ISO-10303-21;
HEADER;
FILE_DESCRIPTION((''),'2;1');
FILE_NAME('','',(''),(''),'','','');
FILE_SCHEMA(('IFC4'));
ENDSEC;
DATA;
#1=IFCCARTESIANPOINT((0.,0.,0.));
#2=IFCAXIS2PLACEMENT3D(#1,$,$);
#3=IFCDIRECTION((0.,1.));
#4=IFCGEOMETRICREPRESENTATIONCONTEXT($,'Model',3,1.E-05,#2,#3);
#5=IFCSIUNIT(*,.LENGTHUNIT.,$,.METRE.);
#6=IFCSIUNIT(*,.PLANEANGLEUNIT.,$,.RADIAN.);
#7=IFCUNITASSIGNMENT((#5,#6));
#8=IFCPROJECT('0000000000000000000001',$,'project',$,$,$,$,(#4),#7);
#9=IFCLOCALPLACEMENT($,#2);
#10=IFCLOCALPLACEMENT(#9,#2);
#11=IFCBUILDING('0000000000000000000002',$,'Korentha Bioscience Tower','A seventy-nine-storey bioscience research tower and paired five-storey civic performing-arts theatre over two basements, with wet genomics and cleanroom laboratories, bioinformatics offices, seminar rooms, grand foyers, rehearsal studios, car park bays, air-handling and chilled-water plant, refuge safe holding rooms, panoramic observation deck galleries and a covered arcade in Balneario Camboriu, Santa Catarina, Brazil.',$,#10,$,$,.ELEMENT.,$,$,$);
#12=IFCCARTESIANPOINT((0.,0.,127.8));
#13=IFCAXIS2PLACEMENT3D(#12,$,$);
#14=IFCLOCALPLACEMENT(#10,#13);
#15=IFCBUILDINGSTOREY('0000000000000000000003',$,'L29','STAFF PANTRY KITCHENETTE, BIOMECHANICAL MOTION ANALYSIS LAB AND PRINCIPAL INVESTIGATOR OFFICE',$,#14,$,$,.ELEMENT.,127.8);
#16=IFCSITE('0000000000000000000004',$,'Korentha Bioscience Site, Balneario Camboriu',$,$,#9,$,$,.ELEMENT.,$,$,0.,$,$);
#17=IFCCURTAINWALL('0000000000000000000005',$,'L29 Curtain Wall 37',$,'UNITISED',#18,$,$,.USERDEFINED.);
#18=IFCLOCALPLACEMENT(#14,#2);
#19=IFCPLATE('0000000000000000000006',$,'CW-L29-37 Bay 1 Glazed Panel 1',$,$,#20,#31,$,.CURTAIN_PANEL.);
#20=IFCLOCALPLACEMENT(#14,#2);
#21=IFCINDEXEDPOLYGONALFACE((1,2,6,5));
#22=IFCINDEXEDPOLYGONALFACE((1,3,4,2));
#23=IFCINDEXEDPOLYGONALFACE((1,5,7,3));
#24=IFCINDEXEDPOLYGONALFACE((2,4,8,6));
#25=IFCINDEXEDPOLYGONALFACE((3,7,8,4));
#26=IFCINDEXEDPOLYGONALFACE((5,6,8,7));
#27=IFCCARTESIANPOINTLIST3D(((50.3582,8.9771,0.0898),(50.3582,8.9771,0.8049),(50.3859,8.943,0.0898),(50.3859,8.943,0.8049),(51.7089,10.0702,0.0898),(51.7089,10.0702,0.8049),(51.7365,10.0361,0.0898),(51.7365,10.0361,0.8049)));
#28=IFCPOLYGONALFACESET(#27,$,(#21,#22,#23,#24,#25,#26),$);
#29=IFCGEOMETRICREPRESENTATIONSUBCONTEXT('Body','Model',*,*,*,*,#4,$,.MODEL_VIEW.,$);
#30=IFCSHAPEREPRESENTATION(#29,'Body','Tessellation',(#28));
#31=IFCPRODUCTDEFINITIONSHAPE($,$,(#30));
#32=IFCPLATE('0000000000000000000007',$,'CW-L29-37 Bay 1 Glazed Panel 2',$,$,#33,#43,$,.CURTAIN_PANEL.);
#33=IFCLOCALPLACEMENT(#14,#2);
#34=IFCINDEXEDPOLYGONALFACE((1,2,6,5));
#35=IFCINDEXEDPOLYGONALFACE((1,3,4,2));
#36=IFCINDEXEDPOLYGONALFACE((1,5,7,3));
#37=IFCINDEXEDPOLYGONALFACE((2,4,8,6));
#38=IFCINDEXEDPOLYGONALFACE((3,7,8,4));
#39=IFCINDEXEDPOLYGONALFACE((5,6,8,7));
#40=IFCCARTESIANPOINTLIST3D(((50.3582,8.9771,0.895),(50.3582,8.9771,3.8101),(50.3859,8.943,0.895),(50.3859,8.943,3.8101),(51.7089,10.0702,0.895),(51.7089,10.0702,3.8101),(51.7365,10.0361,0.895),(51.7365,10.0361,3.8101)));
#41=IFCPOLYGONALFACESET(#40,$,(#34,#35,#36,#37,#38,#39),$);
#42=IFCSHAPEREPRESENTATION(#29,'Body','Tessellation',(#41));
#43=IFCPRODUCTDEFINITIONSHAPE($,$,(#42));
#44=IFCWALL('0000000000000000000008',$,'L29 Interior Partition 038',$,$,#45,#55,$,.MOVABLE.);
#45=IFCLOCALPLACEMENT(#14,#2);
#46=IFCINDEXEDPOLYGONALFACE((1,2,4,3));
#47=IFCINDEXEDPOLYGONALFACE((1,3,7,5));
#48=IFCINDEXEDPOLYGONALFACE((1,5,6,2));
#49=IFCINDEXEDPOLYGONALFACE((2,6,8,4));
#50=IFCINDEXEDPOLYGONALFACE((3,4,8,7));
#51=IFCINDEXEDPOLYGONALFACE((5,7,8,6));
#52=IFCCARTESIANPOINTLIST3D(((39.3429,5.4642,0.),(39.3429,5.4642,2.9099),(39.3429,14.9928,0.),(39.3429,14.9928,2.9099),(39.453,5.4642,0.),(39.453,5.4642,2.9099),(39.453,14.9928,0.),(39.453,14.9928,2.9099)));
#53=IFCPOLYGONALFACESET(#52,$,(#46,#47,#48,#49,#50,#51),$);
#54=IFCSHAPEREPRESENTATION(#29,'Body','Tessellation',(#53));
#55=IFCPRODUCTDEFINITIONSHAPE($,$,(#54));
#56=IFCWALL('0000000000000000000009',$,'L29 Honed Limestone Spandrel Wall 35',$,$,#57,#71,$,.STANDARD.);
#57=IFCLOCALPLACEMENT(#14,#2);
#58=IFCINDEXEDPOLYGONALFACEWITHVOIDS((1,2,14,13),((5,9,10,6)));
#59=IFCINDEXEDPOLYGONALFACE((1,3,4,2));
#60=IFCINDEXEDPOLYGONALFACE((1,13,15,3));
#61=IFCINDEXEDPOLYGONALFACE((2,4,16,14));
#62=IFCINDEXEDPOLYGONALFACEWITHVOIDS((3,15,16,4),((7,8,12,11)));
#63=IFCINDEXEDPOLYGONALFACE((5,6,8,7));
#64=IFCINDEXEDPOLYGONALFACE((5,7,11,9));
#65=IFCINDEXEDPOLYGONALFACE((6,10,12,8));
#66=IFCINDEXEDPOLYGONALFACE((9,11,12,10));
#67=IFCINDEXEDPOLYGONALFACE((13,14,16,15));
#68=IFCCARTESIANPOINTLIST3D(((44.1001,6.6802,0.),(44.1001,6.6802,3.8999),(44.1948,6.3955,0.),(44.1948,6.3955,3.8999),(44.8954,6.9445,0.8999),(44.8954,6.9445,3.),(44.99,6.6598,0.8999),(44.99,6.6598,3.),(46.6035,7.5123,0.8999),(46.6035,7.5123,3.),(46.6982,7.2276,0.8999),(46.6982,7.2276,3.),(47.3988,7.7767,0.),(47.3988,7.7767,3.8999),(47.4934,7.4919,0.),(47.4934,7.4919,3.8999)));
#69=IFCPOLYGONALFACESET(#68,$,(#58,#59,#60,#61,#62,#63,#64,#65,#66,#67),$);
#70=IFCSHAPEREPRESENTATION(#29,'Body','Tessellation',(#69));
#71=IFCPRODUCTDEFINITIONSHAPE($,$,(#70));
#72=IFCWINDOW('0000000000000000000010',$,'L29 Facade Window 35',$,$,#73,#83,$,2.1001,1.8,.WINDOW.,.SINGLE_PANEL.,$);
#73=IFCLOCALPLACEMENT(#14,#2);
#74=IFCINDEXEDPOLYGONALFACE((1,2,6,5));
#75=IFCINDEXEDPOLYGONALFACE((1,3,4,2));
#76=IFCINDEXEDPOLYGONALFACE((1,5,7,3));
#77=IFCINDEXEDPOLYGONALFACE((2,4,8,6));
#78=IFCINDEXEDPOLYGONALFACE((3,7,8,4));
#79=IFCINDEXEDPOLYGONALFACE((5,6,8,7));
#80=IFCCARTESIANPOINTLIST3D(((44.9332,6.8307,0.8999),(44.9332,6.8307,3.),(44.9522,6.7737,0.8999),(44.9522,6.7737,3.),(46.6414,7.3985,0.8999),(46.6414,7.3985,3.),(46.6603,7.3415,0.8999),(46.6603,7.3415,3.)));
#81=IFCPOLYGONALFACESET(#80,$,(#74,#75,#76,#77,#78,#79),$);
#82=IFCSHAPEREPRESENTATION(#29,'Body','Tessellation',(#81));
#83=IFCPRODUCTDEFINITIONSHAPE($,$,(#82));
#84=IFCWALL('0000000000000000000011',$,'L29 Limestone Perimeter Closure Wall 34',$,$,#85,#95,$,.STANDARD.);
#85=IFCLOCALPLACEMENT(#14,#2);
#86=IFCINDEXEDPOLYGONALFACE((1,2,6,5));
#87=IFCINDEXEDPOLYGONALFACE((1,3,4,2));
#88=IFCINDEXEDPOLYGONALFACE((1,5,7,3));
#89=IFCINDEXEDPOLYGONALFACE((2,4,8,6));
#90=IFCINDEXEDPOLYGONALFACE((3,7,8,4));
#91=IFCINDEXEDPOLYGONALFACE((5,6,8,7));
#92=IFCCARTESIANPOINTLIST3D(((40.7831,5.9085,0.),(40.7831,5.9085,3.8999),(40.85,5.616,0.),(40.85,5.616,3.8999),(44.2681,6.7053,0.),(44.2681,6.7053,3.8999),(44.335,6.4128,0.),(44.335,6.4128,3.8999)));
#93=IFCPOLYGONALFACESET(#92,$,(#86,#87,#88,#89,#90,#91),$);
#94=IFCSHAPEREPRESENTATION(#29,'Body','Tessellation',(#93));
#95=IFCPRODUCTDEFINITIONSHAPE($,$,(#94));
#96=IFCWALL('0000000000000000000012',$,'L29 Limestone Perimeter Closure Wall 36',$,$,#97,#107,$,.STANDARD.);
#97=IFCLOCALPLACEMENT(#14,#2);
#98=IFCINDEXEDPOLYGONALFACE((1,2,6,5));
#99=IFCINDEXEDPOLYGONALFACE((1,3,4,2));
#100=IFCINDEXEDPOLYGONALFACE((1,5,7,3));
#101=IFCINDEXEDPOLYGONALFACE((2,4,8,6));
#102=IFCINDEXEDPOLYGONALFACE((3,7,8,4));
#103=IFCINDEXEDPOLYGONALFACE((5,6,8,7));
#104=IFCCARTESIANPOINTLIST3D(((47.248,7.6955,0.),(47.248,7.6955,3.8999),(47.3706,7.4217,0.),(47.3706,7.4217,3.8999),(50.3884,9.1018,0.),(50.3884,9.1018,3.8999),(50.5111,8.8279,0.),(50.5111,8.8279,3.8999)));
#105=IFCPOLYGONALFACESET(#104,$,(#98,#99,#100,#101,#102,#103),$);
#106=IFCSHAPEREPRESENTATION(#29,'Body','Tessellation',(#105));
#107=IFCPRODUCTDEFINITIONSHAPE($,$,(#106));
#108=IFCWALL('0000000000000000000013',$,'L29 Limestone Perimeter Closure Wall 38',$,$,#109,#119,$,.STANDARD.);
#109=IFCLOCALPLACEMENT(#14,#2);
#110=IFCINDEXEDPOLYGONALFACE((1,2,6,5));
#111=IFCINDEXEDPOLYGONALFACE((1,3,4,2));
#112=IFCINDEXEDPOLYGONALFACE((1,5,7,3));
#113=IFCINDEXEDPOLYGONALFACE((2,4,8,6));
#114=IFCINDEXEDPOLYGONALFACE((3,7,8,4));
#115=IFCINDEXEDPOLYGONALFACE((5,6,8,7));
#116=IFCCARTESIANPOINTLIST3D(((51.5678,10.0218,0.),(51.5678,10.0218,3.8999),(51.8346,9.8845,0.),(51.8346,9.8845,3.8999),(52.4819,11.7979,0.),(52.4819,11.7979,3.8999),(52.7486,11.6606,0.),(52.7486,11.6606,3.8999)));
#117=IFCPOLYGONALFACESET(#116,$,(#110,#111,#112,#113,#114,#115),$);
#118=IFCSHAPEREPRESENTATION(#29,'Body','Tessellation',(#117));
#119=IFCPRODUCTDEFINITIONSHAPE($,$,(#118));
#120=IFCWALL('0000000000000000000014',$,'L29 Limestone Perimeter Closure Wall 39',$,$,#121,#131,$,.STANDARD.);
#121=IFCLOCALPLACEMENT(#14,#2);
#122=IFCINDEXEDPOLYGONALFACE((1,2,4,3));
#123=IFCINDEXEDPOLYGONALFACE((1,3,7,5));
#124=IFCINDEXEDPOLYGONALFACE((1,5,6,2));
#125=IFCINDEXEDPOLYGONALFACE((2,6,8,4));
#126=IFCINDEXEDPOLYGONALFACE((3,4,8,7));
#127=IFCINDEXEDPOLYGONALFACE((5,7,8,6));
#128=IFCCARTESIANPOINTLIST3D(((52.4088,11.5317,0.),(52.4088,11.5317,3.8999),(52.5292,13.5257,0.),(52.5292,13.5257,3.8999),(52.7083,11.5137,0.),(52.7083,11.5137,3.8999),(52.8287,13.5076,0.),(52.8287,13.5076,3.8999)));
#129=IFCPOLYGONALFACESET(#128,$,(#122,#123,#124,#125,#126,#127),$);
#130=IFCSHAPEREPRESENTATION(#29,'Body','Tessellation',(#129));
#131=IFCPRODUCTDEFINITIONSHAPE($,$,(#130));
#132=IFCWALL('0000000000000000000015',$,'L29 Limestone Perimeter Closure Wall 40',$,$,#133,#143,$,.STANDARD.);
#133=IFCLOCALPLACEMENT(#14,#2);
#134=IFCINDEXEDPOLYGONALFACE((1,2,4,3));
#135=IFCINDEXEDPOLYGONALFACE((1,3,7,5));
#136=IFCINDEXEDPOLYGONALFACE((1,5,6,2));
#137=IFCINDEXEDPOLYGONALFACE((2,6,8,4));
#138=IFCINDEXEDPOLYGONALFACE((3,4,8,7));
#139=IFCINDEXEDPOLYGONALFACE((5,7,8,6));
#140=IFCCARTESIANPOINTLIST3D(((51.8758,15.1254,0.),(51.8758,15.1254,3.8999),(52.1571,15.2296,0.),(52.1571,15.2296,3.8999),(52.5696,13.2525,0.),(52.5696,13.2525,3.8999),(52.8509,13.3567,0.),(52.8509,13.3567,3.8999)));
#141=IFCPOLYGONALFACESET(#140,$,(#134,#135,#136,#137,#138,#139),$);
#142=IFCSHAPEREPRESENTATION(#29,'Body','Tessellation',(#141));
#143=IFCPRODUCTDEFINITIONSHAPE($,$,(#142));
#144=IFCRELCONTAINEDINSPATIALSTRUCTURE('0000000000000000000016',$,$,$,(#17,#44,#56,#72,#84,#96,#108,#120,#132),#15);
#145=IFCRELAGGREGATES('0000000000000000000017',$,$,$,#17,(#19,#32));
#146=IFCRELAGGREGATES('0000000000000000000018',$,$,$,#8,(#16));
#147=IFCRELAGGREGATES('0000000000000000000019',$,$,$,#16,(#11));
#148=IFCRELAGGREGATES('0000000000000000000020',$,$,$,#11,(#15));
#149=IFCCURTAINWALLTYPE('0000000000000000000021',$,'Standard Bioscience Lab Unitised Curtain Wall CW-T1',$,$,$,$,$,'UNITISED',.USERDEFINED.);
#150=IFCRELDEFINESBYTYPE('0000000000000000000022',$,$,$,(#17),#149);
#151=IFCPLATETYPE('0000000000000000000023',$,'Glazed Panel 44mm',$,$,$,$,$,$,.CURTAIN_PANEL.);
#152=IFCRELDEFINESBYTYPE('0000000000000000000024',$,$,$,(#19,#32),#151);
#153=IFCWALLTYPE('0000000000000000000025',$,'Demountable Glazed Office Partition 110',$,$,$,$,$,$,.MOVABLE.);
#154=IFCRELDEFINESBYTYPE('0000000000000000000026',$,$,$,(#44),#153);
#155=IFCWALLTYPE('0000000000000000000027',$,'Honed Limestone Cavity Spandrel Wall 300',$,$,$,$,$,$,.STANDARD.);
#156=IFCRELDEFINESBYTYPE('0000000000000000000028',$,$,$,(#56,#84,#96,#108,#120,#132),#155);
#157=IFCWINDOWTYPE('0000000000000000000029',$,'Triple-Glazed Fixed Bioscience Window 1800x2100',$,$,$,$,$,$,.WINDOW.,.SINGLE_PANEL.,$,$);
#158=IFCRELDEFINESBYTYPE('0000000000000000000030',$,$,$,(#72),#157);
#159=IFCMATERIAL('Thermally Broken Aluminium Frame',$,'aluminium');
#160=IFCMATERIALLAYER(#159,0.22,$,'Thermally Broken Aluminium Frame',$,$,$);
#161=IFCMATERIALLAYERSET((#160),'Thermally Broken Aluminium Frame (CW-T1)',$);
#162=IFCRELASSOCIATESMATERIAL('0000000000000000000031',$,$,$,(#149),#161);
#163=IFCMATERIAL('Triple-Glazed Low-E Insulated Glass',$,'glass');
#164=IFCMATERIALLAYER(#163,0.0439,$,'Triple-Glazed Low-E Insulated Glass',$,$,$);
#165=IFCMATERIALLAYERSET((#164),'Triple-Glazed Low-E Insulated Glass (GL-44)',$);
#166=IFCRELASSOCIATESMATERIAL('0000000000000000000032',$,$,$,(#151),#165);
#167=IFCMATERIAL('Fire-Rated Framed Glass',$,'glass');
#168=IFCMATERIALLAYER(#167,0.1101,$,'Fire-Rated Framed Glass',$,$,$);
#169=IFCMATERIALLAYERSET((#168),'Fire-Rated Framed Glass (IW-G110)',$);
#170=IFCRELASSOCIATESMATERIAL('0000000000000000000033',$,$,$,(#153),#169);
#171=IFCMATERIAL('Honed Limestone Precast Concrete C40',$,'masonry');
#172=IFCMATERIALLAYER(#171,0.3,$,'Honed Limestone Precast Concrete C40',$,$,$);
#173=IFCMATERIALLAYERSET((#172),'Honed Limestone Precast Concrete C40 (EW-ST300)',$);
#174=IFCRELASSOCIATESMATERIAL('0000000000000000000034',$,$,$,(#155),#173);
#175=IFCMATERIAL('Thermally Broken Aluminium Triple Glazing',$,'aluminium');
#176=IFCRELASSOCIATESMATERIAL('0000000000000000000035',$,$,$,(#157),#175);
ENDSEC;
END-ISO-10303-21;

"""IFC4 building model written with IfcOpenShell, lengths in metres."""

from ifc_helpers import new_model, si_unit, direction, frame, frame_2d, origin, origin_2d, place, context, subcontext, project, spatial, rectangle, extrude, material, layer, layer_set, type_object, element, fill, aggregate, save


model = new_model("IFC4")

# Units and contexts
model_context = context("Model", 3, precision=1e-05, world=origin(), true_north=direction((0.0, 1.0)))
body_context = subcontext(model_context, "Body", "Model", "MODEL_VIEW")
ifc_project = project(units=[si_unit("LENGTHUNIT", "METRE"), si_unit("PLANEANGLEUNIT", "RADIAN")], contexts=[model_context])

# Site, building, storey
site_placement = place(None, origin())
site = spatial("IfcSite", under=ifc_project, at=site_placement, Name="Korentha Bioscience Site, Balneario Camboriu", CompositionType="ELEMENT", RefElevation=0.0)
building_placement = place(site_placement, origin())
building = spatial("IfcBuilding", under=site, at=building_placement, Name="Korentha Bioscience Tower", Description="A seventy-nine-storey bioscience research tower and paired five-storey civic performing-arts theatre over two basements, with wet genomics and cleanroom laboratories, bioinformatics offices, seminar rooms, grand foyers, rehearsal studios, car park bays, air-handling and chilled-water plant, refuge safe holding rooms, panoramic observation deck galleries and a covered arcade in Balneario Camboriu, Santa Catarina, Brazil.", CompositionType="ELEMENT")
storey_placement = place(building_placement, frame((0.0, 0.0, 127.8)))
storey = spatial("IfcBuildingStorey", under=building, at=storey_placement, Name="L29", Description="STAFF PANTRY KITCHENETTE, BIOMECHANICAL MOTION ANALYSIS LAB AND PRINCIPAL INVESTIGATOR OFFICE", CompositionType="ELEMENT", Elevation=127.8)

# Curtain wall
ifc_material_1 = material(Name="Thermally Broken Aluminium Frame", Category="aluminium")
ifc_layer_1 = layer(ifc_material_1, 0.22, Name="Thermally Broken Aluminium Frame")
ifc_layer_set_1 = layer_set([ifc_layer_1], Name="Thermally Broken Aluminium Frame (CW-T1)")
curtain_wall_type = type_object("IfcCurtainWallType", Name="Standard Bioscience Lab Unitised Curtain Wall CW-T1", ElementType="UNITISED", PredefinedType="USERDEFINED", material=ifc_layer_set_1)
curtain_wall_placement = place(storey_placement, origin())
curtain_wall = element("IfcCurtainWall", 1, at=curtain_wall_placement, inside=storey, type_object=curtain_wall_type, Name="L29 Curtain Wall 37", ObjectType="UNITISED", PredefinedType="USERDEFINED")

# Plates
ifc_material_2 = material(Name="Triple-Glazed Low-E Insulated Glass", Category="glass")
ifc_layer_2 = layer(ifc_material_2, 0.0439, Name="Triple-Glazed Low-E Insulated Glass")
ifc_layer_set_2 = layer_set([ifc_layer_2], Name="Triple-Glazed Low-E Insulated Glass (GL-44)")
plate_type = type_object("IfcPlateType", Name="Glazed Panel 44mm", PredefinedType="CURTAIN_PANEL", material=ifc_layer_set_2)
plate_1_placement = place(storey_placement, frame((51.0474, 9.5066, 0.0898), z_axis=(0.0, 0.0, 1.0), x_axis=(0.777315, 0.629111, 0.0)))
plate_1 = element("IfcPlate", 2, at=plate_1_placement, type_object=plate_type, Name="CW-L29-37 Bay 1 Glazed Panel 1", PredefinedType="CURTAIN_PANEL", context=body_context, shape_type="SweptSolid", body=[
    extrude(rectangle(XDim=1.7375, YDim=0.0439, at=origin_2d()), origin(), (0.0, 0.0, 1.0), 0.7151),
])
plate_2_placement = place(storey_placement, frame((51.0474, 9.5066, 0.895), z_axis=(0.0, 0.0, 1.0), x_axis=(0.777315, 0.629111, 0.0)))
plate_2 = element("IfcPlate", 3, at=plate_2_placement, type_object=plate_type, Name="CW-L29-37 Bay 1 Glazed Panel 2", PredefinedType="CURTAIN_PANEL", context=body_context, shape_type="SweptSolid", body=[
    extrude(rectangle(XDim=1.7375, YDim=0.0439, at=origin_2d()), origin(), (0.0, 0.0, 1.0), 2.915),
])
aggregate(curtain_wall, [plate_1, plate_2])

# Wall
ifc_material_3 = material(Name="Fire-Rated Framed Glass", Category="glass")
ifc_layer_3 = layer(ifc_material_3, 0.1101, Name="Fire-Rated Framed Glass")
ifc_layer_set_3 = layer_set([ifc_layer_3], Name="Fire-Rated Framed Glass (IW-G110)")
wall_type_1 = type_object("IfcWallType", Name="Demountable Glazed Office Partition 110", PredefinedType="MOVABLE", material=ifc_layer_set_3)
wall_1_placement = place(storey_placement, frame((39.3979, 14.9927, 0.0), z_axis=(0.0, 0.0, 1.0), x_axis=(0.0, -1.0, 0.0)))
element("IfcWall", 4, at=wall_1_placement, inside=storey, type_object=wall_type_1, Name="L29 Interior Partition 038", PredefinedType="MOVABLE", context=body_context, shape_type="SweptSolid", body=[
    extrude(rectangle(XDim=9.5286, YDim=0.1101, at=frame_2d((4.7642, 0.0))), origin(), (0.0, 0.0, 1.0), 2.9099),
])

# Wall, opening, window
ifc_material_4 = material(Name="Honed Limestone Precast Concrete C40", Category="masonry")
ifc_layer_4 = layer(ifc_material_4, 0.3, Name="Honed Limestone Precast Concrete C40")
ifc_layer_set_4 = layer_set([ifc_layer_4], Name="Honed Limestone Precast Concrete C40 (EW-ST300)")
wall_type_2 = type_object("IfcWallType", Name="Honed Limestone Cavity Spandrel Wall 300", PredefinedType="STANDARD", material=ifc_layer_set_4)
wall_2_placement = place(storey_placement, frame((44.1475, 6.5378, 0.0), z_axis=(0.0, 0.0, 1.0), x_axis=(0.94895, 0.315427, 0.0)))
wall_2 = element("IfcWall", 5, at=wall_2_placement, inside=storey, type_object=wall_type_2, Name="L29 Honed Limestone Spandrel Wall 35", PredefinedType="STANDARD", context=body_context, shape_type="SweptSolid", body=[
    extrude(rectangle(XDim=3.4761, YDim=0.3, at=frame_2d((1.738, 0.0))), origin(), (0.0, 0.0, 1.0), 3.8999),
])
opening_placement = place(wall_2_placement, frame((0.8381, 0.0, 0.8999)))
opening = element("IfcOpeningElement", 6, at=opening_placement, cuts=wall_2, PredefinedType="OPENING", context=body_context, shape_type="SweptSolid", body=[
    extrude(rectangle(XDim=1.8, YDim=2.1001, at=frame_2d((0.8999, 1.05))), frame((0.0, 0.165, 0.0), z_axis=(0.0, -1.0, 0.0), x_axis=(1.0, 0.0, 0.0)), (0.0, 0.0, 1.0), 0.3298),
])
ifc_material_5 = material(Name="Thermally Broken Aluminium Triple Glazing", Category="aluminium")
window_type = type_object("IfcWindowType", Name="Triple-Glazed Fixed Bioscience Window 1800x2100", PartitioningType="SINGLE_PANEL", PredefinedType="WINDOW", material=ifc_material_5)
window_placement = place(opening_placement, origin())
window = element("IfcWindow", 7, at=window_placement, inside=storey, type_object=window_type, Name="L29 Facade Window 35", OverallHeight=2.1001, OverallWidth=1.8, PartitioningType="SINGLE_PANEL", PredefinedType="WINDOW", context=body_context, shape_type="SweptSolid", body=[
    extrude(rectangle(XDim=1.8, YDim=2.1001, at=frame_2d((0.8999, 1.05))), frame((0.0, 0.03, 0.0), z_axis=(0.0, -1.0, 0.0), x_axis=(1.0, 0.0, 0.0)), (0.0, 0.0, 1.0), 0.0601),
])
fill(opening, window)

# Walls
wall_3_placement = place(storey_placement, frame((40.8164, 5.7622, 0.0), z_axis=(0.0, 0.0, 1.0), x_axis=(0.974842, 0.222899, 0.0)))
element("IfcWall", 8, at=wall_3_placement, inside=storey, type_object=wall_type_2, Name="L29 Limestone Perimeter Closure Wall 34", PredefinedType="STANDARD", context=body_context, shape_type="SweptSolid", body=[
    extrude(rectangle(XDim=3.575, YDim=0.3, at=frame_2d((1.7876, 0.0))), origin(), (0.0, 0.0, 1.0), 3.8999),
])
wall_4_placement = place(storey_placement, frame((47.3093, 7.5586, 0.0), z_axis=(0.0, 0.0, 1.0), x_axis=(0.912673, 0.408691, 0.0)))
element("IfcWall", 9, at=wall_4_placement, inside=storey, type_object=wall_type_2, Name="L29 Limestone Perimeter Closure Wall 36", PredefinedType="STANDARD", context=body_context, shape_type="SweptSolid", body=[
    extrude(rectangle(XDim=3.4409, YDim=0.3, at=frame_2d((1.7205, 0.0))), origin(), (0.0, 0.0, 1.0), 3.8999),
])
for number, where, z_axis, x_axis, name in (
    (10, (51.7012, 9.9531, 0.0), (0.0, 0.0, 1.0), (0.457597, 0.88916, 0.0), "L29 Limestone Perimeter Closure Wall 38"),
    (11, (52.5586, 11.5227, 0.0), (0.0, 0.0, 1.0), (0.060255, 0.998183, 0.0), "L29 Limestone Perimeter Closure Wall 39"),
):
    element("IfcWall", number, at=place(storey_placement, frame(where, z_axis=z_axis, x_axis=x_axis)), inside=storey, type_object=wall_type_2, Name=name, PredefinedType="STANDARD", context=body_context, shape_type="SweptSolid", body=[
        extrude(rectangle(XDim=1.9976, YDim=0.3, at=frame_2d((0.9988, 0.0))), origin(), (0.0, 0.0, 1.0), 3.8999),
    ])
wall_5_placement = place(storey_placement, frame((52.7102, 13.3047, 0.0), z_axis=(0.0, 0.0, 1.0), x_axis=(-0.34737, 0.937728, 0.0)))
element("IfcWall", 12, at=wall_5_placement, inside=storey, type_object=wall_type_2, Name="L29 Limestone Perimeter Closure Wall 40", PredefinedType="STANDARD", context=body_context, shape_type="SweptSolid", body=[
    extrude(rectangle(XDim=1.9973, YDim=0.3, at=frame_2d((0.9985, 0.0))), origin(), (0.0, 0.0, 1.0), 3.8999),
])

save(model, "model.ifc")
